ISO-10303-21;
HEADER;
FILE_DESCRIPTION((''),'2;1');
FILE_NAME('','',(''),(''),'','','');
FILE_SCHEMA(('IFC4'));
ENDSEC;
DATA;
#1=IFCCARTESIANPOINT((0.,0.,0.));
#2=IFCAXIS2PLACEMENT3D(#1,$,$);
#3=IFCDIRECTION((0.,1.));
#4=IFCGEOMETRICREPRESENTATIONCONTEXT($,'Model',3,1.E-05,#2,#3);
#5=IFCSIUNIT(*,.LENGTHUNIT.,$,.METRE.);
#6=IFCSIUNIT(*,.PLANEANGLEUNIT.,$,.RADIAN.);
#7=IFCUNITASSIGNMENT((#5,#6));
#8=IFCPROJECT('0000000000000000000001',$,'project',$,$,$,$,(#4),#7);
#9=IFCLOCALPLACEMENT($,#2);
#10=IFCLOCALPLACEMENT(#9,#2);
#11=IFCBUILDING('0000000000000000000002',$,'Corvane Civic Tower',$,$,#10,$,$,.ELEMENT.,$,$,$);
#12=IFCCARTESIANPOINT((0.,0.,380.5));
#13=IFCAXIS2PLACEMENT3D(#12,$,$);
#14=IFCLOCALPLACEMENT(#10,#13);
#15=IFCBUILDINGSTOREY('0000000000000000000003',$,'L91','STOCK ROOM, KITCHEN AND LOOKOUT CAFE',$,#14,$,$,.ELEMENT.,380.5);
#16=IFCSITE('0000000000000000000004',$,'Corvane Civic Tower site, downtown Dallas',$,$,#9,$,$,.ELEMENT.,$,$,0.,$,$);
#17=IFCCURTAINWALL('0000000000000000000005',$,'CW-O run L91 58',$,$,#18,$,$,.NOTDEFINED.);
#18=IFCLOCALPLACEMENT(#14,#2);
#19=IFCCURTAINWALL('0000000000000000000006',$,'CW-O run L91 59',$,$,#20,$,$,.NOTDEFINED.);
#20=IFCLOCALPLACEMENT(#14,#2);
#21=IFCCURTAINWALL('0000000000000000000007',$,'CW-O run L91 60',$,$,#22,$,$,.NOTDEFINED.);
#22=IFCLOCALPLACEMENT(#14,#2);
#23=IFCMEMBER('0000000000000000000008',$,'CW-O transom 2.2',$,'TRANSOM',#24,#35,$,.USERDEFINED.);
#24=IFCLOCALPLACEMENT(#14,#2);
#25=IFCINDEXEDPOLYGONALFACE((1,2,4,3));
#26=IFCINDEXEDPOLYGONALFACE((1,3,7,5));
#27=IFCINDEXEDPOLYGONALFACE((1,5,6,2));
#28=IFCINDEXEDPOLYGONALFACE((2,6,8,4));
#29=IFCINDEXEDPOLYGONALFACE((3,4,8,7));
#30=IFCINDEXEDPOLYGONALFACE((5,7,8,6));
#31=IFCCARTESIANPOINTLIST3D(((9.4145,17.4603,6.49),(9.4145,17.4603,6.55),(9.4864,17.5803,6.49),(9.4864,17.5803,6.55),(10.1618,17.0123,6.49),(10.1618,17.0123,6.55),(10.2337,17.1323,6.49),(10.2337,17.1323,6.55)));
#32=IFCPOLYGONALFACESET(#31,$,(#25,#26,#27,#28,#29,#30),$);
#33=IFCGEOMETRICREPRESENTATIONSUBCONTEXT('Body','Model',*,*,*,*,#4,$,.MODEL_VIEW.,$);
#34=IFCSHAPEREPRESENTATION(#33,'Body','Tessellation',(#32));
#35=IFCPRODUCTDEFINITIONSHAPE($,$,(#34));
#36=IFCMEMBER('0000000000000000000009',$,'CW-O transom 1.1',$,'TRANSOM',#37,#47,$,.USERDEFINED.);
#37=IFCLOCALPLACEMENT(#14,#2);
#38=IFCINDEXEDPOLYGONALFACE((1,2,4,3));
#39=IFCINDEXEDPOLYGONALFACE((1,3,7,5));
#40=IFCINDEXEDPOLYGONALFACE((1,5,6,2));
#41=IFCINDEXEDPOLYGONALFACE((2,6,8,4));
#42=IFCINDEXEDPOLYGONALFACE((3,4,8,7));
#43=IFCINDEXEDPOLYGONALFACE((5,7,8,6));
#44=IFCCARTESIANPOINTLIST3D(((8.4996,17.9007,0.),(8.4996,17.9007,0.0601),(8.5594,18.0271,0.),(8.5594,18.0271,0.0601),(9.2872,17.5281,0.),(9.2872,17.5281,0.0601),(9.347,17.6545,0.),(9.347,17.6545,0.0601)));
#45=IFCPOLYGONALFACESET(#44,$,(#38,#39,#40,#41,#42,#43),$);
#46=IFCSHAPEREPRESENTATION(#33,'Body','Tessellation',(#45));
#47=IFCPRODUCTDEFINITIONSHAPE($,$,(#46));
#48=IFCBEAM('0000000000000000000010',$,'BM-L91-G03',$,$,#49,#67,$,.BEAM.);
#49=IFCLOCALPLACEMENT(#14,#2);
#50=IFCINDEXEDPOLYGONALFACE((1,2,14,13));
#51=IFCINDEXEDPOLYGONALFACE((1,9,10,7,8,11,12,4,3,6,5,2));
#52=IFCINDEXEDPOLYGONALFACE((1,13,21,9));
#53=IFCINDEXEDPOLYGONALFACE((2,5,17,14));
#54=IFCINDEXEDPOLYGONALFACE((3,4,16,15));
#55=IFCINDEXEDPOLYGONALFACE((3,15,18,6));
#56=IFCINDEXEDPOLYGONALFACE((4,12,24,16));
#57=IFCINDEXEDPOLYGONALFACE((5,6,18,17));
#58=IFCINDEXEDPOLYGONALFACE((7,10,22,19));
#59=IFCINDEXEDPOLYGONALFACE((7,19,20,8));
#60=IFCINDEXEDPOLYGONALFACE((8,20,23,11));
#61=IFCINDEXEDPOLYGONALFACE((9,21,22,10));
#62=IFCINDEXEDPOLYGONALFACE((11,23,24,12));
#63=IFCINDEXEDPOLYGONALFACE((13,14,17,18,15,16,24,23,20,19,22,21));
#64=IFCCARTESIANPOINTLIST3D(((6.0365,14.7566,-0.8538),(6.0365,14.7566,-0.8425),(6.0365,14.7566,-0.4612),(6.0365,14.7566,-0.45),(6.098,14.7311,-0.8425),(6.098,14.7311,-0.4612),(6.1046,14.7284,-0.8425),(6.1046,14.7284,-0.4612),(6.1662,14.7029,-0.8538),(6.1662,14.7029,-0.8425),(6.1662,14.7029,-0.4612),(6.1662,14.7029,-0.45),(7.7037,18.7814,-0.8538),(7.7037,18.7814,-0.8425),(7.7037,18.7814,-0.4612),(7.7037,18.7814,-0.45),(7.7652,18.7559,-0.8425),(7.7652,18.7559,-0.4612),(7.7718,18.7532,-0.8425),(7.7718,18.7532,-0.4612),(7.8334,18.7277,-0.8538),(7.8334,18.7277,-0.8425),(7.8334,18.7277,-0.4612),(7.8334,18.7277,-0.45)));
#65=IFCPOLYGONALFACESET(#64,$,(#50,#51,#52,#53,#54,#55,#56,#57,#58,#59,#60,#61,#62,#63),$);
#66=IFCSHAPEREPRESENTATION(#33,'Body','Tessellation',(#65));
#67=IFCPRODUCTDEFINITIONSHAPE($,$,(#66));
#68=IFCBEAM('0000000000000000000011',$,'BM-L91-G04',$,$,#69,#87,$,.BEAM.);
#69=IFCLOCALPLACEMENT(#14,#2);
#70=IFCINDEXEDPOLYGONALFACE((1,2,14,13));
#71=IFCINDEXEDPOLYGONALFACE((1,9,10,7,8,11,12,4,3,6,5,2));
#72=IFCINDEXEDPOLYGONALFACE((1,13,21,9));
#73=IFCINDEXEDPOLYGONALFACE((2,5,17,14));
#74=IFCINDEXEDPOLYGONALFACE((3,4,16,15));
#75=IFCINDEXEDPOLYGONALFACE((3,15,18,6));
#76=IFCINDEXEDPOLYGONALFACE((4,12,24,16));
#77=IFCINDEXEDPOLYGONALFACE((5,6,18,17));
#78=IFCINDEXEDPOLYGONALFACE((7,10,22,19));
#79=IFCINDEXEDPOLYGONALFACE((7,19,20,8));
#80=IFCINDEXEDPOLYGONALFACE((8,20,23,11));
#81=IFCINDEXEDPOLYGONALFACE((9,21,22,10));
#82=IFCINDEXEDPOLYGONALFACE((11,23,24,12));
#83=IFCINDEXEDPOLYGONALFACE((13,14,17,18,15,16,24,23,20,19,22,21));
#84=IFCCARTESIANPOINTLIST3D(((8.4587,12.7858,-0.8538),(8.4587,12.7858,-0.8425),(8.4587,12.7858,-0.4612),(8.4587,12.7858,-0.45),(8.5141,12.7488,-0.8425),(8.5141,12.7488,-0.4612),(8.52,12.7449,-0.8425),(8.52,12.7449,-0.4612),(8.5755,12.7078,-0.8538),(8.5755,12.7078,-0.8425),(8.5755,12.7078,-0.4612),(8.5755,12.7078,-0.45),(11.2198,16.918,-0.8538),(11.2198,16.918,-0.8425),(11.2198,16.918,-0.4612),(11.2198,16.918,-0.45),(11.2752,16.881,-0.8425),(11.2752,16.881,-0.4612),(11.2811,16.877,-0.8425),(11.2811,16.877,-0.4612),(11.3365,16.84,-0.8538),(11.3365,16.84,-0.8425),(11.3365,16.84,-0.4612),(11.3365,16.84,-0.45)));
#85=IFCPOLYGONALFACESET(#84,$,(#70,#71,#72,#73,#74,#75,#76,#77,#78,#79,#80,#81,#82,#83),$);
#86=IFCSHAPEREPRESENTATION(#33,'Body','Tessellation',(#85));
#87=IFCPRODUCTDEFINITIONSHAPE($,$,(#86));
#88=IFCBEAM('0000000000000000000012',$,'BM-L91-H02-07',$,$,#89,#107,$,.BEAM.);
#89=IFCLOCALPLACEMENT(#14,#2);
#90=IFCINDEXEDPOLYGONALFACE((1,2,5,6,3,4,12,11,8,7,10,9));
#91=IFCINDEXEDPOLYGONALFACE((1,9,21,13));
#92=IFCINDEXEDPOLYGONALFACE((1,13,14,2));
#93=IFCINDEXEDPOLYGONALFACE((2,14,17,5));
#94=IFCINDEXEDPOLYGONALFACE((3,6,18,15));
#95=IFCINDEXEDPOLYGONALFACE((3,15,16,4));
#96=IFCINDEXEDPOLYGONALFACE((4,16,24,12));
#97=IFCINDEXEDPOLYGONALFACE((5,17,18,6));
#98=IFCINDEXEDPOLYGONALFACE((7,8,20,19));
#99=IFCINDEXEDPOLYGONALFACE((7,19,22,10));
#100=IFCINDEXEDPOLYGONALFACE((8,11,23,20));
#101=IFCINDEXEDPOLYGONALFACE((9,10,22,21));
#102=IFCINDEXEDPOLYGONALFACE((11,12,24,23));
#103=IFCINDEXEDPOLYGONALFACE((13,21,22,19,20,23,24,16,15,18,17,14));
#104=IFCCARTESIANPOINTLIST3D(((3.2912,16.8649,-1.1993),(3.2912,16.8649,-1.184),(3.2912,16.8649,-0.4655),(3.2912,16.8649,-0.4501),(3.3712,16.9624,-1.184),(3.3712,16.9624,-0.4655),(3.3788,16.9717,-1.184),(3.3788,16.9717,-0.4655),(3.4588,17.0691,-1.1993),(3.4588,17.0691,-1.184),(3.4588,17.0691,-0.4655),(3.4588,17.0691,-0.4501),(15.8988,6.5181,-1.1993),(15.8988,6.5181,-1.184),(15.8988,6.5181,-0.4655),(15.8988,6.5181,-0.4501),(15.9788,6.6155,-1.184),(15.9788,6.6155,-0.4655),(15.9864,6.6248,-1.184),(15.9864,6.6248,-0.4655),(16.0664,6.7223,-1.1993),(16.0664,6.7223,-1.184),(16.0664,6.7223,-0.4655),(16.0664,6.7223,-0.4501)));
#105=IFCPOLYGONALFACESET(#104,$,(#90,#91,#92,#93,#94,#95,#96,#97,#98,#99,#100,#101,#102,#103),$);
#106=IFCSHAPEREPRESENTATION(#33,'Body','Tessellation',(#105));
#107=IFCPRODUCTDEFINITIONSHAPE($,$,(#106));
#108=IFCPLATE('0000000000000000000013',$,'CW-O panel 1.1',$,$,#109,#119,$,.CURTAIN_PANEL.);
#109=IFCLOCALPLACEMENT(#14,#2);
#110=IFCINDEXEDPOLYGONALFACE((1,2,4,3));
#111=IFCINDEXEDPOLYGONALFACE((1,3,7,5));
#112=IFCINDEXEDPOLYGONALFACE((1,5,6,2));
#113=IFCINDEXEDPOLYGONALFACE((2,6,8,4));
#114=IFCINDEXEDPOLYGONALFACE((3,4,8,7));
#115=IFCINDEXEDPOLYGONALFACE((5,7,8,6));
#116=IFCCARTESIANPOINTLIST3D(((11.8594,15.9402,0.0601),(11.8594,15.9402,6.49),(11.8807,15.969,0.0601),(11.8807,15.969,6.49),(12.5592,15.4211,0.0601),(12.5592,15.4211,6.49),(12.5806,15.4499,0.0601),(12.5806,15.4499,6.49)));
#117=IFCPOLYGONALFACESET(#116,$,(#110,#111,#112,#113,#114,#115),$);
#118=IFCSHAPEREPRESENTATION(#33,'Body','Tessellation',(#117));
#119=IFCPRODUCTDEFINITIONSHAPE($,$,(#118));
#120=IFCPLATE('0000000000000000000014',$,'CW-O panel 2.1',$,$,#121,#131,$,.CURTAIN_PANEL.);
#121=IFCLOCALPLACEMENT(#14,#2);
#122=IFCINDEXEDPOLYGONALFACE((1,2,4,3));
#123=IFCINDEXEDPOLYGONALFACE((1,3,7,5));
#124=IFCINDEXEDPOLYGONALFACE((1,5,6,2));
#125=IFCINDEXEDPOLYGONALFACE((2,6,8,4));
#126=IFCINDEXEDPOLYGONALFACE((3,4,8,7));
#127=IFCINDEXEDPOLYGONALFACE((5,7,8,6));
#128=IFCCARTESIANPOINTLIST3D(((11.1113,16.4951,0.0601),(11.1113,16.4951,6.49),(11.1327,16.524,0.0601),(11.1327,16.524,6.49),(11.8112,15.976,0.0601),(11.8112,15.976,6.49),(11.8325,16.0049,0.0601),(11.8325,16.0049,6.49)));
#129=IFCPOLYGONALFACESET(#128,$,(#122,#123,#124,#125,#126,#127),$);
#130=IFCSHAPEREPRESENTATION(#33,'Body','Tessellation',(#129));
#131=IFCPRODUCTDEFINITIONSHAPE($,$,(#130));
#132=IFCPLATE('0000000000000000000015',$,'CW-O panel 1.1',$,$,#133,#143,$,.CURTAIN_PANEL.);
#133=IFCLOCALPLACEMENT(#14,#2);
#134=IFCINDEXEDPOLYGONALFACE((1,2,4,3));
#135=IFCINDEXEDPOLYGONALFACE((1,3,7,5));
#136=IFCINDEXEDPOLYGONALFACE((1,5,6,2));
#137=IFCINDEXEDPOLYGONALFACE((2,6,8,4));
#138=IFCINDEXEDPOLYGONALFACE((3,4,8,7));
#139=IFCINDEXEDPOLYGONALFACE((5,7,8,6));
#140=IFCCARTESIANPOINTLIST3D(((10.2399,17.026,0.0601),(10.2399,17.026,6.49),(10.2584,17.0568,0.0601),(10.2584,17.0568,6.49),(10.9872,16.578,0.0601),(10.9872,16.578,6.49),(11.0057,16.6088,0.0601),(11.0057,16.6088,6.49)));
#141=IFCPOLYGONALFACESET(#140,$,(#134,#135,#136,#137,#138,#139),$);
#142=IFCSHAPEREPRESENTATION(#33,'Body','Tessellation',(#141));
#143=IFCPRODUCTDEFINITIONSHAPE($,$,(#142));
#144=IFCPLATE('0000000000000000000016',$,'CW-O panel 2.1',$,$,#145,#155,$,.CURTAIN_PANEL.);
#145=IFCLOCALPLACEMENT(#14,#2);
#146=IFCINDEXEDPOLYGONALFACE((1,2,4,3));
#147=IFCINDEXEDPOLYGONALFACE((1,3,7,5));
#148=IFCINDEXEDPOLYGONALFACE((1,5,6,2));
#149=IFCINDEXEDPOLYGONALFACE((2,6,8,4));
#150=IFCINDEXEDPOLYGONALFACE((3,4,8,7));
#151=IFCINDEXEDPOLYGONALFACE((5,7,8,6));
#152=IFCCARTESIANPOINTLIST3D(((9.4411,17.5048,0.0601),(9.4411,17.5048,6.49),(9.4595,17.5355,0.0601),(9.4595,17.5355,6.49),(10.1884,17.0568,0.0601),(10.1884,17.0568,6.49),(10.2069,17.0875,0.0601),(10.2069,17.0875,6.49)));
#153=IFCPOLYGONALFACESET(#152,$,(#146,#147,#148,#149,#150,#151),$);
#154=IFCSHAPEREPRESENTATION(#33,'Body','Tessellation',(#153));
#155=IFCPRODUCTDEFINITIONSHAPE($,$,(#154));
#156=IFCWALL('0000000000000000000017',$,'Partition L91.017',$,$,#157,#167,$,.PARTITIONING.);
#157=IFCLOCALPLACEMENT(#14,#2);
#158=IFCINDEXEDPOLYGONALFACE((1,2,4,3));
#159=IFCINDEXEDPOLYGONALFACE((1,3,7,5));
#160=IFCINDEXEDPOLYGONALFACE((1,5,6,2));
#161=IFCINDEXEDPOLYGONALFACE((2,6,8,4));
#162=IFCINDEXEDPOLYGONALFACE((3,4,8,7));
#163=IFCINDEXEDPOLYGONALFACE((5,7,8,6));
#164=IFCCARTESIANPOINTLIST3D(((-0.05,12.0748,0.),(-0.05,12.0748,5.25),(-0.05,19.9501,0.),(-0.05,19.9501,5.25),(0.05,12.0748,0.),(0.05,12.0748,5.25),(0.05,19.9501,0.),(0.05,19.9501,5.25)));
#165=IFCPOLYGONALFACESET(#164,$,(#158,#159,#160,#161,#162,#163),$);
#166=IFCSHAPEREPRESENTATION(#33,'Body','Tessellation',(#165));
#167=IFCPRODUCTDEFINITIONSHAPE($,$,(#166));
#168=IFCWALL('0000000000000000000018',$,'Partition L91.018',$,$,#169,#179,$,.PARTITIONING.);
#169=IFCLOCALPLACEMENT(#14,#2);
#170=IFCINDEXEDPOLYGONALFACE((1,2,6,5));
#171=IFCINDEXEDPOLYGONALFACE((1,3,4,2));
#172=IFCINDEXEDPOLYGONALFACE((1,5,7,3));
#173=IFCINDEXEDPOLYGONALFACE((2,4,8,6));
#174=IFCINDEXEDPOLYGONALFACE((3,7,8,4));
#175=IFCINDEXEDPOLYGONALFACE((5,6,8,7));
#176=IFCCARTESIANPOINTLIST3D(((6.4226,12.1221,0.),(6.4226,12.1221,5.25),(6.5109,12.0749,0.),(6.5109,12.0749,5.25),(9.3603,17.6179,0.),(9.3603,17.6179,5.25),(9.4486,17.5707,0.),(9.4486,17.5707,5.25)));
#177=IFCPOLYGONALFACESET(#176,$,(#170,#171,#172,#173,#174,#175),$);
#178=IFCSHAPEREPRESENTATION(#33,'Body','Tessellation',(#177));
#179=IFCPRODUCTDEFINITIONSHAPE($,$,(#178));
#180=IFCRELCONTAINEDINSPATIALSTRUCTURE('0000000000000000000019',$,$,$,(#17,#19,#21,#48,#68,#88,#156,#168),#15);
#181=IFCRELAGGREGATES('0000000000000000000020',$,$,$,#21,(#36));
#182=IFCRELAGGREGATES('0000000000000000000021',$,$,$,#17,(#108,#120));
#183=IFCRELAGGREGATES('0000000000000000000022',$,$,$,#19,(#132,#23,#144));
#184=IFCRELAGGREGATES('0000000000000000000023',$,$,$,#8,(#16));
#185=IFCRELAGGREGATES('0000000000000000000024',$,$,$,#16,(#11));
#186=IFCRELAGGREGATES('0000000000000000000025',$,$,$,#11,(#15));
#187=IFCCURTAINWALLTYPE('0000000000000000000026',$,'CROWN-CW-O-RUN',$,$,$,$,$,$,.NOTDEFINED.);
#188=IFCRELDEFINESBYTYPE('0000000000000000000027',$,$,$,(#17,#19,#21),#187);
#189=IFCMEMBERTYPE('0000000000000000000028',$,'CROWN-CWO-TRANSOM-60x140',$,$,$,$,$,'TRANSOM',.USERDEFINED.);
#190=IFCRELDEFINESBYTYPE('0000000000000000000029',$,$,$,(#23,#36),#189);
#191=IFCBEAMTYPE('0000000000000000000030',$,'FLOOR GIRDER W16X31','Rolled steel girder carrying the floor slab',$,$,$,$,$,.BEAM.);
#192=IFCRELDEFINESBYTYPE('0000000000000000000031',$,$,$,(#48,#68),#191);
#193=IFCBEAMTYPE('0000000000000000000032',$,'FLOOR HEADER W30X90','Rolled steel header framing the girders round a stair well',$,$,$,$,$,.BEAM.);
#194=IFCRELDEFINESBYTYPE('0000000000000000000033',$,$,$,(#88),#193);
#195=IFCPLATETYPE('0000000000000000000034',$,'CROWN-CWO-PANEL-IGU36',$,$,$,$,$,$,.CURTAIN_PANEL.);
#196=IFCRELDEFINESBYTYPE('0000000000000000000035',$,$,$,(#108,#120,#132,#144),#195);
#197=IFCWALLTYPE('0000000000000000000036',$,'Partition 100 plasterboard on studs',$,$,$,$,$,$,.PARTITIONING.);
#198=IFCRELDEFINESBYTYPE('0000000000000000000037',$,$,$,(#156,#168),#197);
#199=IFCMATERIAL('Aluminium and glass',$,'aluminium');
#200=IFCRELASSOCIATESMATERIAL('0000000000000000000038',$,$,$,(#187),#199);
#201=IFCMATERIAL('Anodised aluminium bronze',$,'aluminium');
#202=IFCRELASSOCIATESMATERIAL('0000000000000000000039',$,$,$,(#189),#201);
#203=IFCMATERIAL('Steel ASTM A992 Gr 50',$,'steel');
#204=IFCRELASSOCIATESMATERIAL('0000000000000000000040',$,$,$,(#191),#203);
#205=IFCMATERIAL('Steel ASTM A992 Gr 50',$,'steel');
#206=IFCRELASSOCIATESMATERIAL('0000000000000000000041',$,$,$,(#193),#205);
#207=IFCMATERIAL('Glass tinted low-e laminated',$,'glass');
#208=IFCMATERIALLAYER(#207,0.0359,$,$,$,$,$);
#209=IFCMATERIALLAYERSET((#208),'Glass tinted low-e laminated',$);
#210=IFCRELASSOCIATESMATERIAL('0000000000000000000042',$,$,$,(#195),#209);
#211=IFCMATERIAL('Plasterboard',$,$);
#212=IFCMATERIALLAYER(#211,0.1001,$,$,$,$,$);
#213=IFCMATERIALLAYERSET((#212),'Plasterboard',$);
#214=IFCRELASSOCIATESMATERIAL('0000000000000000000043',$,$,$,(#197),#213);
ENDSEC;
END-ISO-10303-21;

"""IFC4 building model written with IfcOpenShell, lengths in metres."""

from ifc_helpers import new_model, si_unit, direction, frame, frame_2d, origin, origin_2d, place, context, subcontext, project, spatial, rectangle, i_section, extrude, material, layer, layer_set, material_profile, profile_set, type_object, element, aggregate, save


model = new_model("IFC4")

# Units and contexts
model_context = context("Model", 3, precision=1e-05, world=origin(), true_north=direction((0.0, 1.0)))
body_context = subcontext(model_context, "Body", "Model", "MODEL_VIEW")
ifc_project = project(units=[si_unit("LENGTHUNIT", "METRE"), si_unit("PLANEANGLEUNIT", "RADIAN")], contexts=[model_context])

# Site, building, storey
site_placement = place(None, origin())
site = spatial("IfcSite", under=ifc_project, at=site_placement, Name="Corvane Civic Tower site, downtown Dallas", CompositionType="ELEMENT", RefElevation=0.0)
building_placement = place(site_placement, origin())
building = spatial("IfcBuilding", under=site, at=building_placement, Name="Corvane Civic Tower", CompositionType="ELEMENT")
storey_placement = place(building_placement, frame((0.0, 0.0, 380.5)))
storey = spatial("IfcBuildingStorey", under=building, at=storey_placement, Name="L91", Description="STOCK ROOM, KITCHEN AND LOOKOUT CAFE", CompositionType="ELEMENT", Elevation=380.5)

# Curtain walls
ifc_material_1 = material(Name="Aluminium and glass", Category="aluminium")
curtain_wall_type = type_object("IfcCurtainWallType", Name="CROWN-CW-O-RUN", PredefinedType="NOTDEFINED", material=ifc_material_1)
curtain_wall_1_placement = place(storey_placement, origin())
curtain_wall_1 = element("IfcCurtainWall", 1, at=curtain_wall_1_placement, inside=storey, type_object=curtain_wall_type, Name="CW-O run L91 58", PredefinedType="NOTDEFINED")
curtain_wall_2_placement = place(storey_placement, origin())
curtain_wall_2 = element("IfcCurtainWall", 2, at=curtain_wall_2_placement, inside=storey, type_object=curtain_wall_type, Name="CW-O run L91 59", PredefinedType="NOTDEFINED")

# Curtain wall
curtain_wall_3_placement = place(storey_placement, origin())
curtain_wall_3 = element("IfcCurtainWall", 3, at=curtain_wall_3_placement, inside=storey, type_object=curtain_wall_type, Name="CW-O run L91 60", PredefinedType="NOTDEFINED")

# Members
ifc_material_2 = material(Name="Anodised aluminium bronze", Category="aluminium")
ifc_material_profile_1 = material_profile(ifc_material_2, rectangle(XDim=0.1399, YDim=0.0601, at=origin_2d()), Name="AL 140x60")
ifc_profile_set_1 = profile_set([ifc_material_profile_1], Name="Anodised aluminium bronze")
member_type_1 = type_object("IfcMemberType", Name="CROWN-CWO-TRANSOM-60x140", ElementType="TRANSOM", PredefinedType="USERDEFINED", material=ifc_profile_set_1)
member_1_placement = place(storey_placement, frame((10.1978, 17.0723, 6.52), z_axis=(-0.857691, 0.514166, 0.0), x_axis=(-0.514166, -0.857691, 0.0)))
member_1 = element("IfcMember", 4, at=member_1_placement, type_object=member_type_1, Name="CW-O transom 2.2", ObjectType="TRANSOM", PredefinedType="USERDEFINED", context=body_context, shape_type="SweptSolid", body=[
    extrude(rectangle(XDim=0.1399, YDim=0.0601, at=origin_2d()), origin(), (0.0, 0.0, 1.0), 0.8713),
])
member_2_placement = place(storey_placement, frame((9.3171, 17.5913, 0.03), z_axis=(-0.903966, 0.427604, 0.0), x_axis=(-0.427604, -0.903966, 0.0)))
member_2 = element("IfcMember", 5, at=member_2_placement, type_object=member_type_1, Name="CW-O transom 1.1", ObjectType="TRANSOM", PredefinedType="USERDEFINED", context=body_context, shape_type="SweptSolid", body=[
    extrude(rectangle(XDim=0.1399, YDim=0.0601, at=origin_2d()), origin(), (0.0, 0.0, 1.0), 0.8713),
])
aggregate(curtain_wall_3, [member_2])

# Beams
ifc_material_3 = material(Name="Steel ASTM A992 Gr 50", Category="steel")
ifc_material_profile_2 = material_profile(ifc_material_3, i_section(OverallWidth=0.1404, OverallDepth=0.4038, WebThickness=0.0071, FlangeThickness=0.0112, at=origin_2d()), Name="W16X31")
ifc_profile_set_2 = profile_set([ifc_material_profile_2], Name="Steel ASTM A992 Gr 50")
beam_type_1 = type_object("IfcBeamType", Name="FLOOR GIRDER W16X31", Description="Rolled steel girder carrying the floor slab", PredefinedType="BEAM", material=ifc_profile_set_2)
beam_1_placement = place(storey_placement, frame((6.1013, 14.7297, -0.6519), z_axis=(0.382697, 0.923874, 0.0), x_axis=(-0.923874, 0.382697, 0.0)))
element("IfcBeam", 6, at=beam_1_placement, inside=storey, type_object=beam_type_1, Name="BM-L91-G03", PredefinedType="BEAM", context=body_context, shape_type="SweptSolid", body=[
    extrude(i_section(OverallWidth=0.1404, OverallDepth=0.4038, WebThickness=0.0071, FlangeThickness=0.0112, at=origin_2d()), origin(), (0.0, 0.0, 1.0), 4.3564),
])
beam_2_placement = place(storey_placement, frame((8.5171, 12.7468, -0.6519), z_axis=(0.555573, 0.831468, 0.0), x_axis=(-0.831468, 0.555573, 0.0)))
element("IfcBeam", 7, at=beam_2_placement, inside=storey, type_object=beam_type_1, Name="BM-L91-G04", PredefinedType="BEAM", context=body_context, shape_type="SweptSolid", body=[
    extrude(i_section(OverallWidth=0.1404, OverallDepth=0.4038, WebThickness=0.0071, FlangeThickness=0.0112, at=origin_2d()), origin(), (0.0, 0.0, 1.0), 4.9697),
])
ifc_material_4 = material(Name="Steel ASTM A992 Gr 50", Category="steel")
ifc_material_profile_3 = material_profile(ifc_material_4, i_section(OverallWidth=0.2642, OverallDepth=0.7493, WebThickness=0.012, FlangeThickness=0.0154, at=origin_2d()), Name="W30X90")
ifc_profile_set_3 = profile_set([ifc_material_profile_3], Name="Steel ASTM A992 Gr 50")
beam_type_2 = type_object("IfcBeamType", Name="FLOOR HEADER W30X90", Description="Rolled steel header framing the girders round a stair well", PredefinedType="BEAM", material=ifc_profile_set_3)
beam_3_placement = place(storey_placement, frame((3.375, 16.967, -0.8247), z_axis=(0.773008, -0.634396, 0.0), x_axis=(0.634396, 0.773008, 0.0)))
element("IfcBeam", 8, at=beam_3_placement, inside=storey, type_object=beam_type_2, Name="BM-L91-H02-07", PredefinedType="BEAM", context=body_context, shape_type="SweptSolid", body=[
    extrude(i_section(OverallWidth=0.2642, OverallDepth=0.7493, WebThickness=0.012, FlangeThickness=0.0154, at=origin_2d()), origin(), (0.0, 0.0, 1.0), 16.3098),
])

# Plates
ifc_material_5 = material(Name="Glass tinted low-e laminated", Category="glass")
ifc_layer_1 = layer(ifc_material_5, 0.0359)
ifc_layer_set_1 = layer_set([ifc_layer_1], Name="Glass tinted low-e laminated")
plate_type = type_object("IfcPlateType", Name="CROWN-CWO-PANEL-IGU36", PredefinedType="CURTAIN_PANEL", material=ifc_layer_set_1)
plate_1_placement = place(storey_placement, frame((12.22, 15.6951, 0.0601), z_axis=(0.0, 0.0, 1.0), x_axis=(-0.80319, 0.595722, 0.0)))
plate_1 = element("IfcPlate", 9, at=plate_1_placement, type_object=plate_type, Name="CW-O panel 1.1", PredefinedType="CURTAIN_PANEL", context=body_context, shape_type="SweptSolid", body=[
    extrude(rectangle(XDim=0.8713, YDim=0.0359, at=origin_2d()), origin(), (0.0, 0.0, 1.0), 6.4299),
])
plate_2_placement = place(storey_placement, frame((11.4719, 16.25, 0.0601), z_axis=(0.0, 0.0, 1.0), x_axis=(-0.80319, 0.595722, 0.0)))
plate_2 = element("IfcPlate", 10, at=plate_2_placement, type_object=plate_type, Name="CW-O panel 2.1", PredefinedType="CURTAIN_PANEL", context=body_context, shape_type="SweptSolid", body=[
    extrude(rectangle(XDim=0.8713, YDim=0.0359, at=origin_2d()), origin(), (0.0, 0.0, 1.0), 6.4299),
])
aggregate(curtain_wall_1, [plate_1, plate_2])
plate_3_placement = place(storey_placement, frame((10.6228, 16.8174, 0.0601), z_axis=(0.0, 0.0, 1.0), x_axis=(-0.857699, 0.514152, 0.0)))
plate_3 = element("IfcPlate", 11, at=plate_3_placement, type_object=plate_type, Name="CW-O panel 1.1", PredefinedType="CURTAIN_PANEL", context=body_context, shape_type="SweptSolid", body=[
    extrude(rectangle(XDim=0.8713, YDim=0.0359, at=origin_2d()), origin(), (0.0, 0.0, 1.0), 6.4299),
])
plate_4_placement = place(storey_placement, frame((9.824, 17.2961, 0.0601), z_axis=(0.0, 0.0, 1.0), x_axis=(-0.857699, 0.514152, 0.0)))
plate_4 = element("IfcPlate", 12, at=plate_4_placement, type_object=plate_type, Name="CW-O panel 2.1", PredefinedType="CURTAIN_PANEL", context=body_context, shape_type="SweptSolid", body=[
    extrude(rectangle(XDim=0.8713, YDim=0.0359, at=origin_2d()), origin(), (0.0, 0.0, 1.0), 6.4299),
])
aggregate(curtain_wall_2, [plate_3, member_1, plate_4])

# Walls
ifc_material_6 = material(Name="Plasterboard")
ifc_layer_2 = layer(ifc_material_6, 0.1001)
ifc_layer_set_2 = layer_set([ifc_layer_2], Name="Plasterboard")
wall_type = type_object("IfcWallType", Name="Partition 100 plasterboard on studs", PredefinedType="PARTITIONING", material=ifc_layer_set_2)
wall_1_placement = place(storey_placement, frame((0.0, 12.075, 0.0), z_axis=(0.0, 0.0, 1.0), x_axis=(0.0, 1.0, 0.0)))
element("IfcWall", 13, at=wall_1_placement, inside=storey, type_object=wall_type, Name="Partition L91.017", PredefinedType="PARTITIONING", context=body_context, shape_type="SweptSolid", body=[
    extrude(rectangle(XDim=7.8752, YDim=0.1001, at=frame_2d((3.9375, 0.0))), origin(), (0.0, 0.0, 1.0), 5.25),
])
wall_2_placement = place(storey_placement, frame((6.4668, 12.0986, 0.0), z_axis=(0.0, 0.0, 1.0), x_axis=(0.471416, 0.881911, 0.0)))
element("IfcWall", 14, at=wall_2_placement, inside=storey, type_object=wall_type, Name="Partition L91.018", PredefinedType="PARTITIONING", context=body_context, shape_type="SweptSolid", body=[
    extrude(rectangle(XDim=6.2317, YDim=0.1001, at=frame_2d((3.1157, 0.0))), origin(), (0.0, 0.0, 1.0), 5.25),
])

save(model, "model.ifc")
